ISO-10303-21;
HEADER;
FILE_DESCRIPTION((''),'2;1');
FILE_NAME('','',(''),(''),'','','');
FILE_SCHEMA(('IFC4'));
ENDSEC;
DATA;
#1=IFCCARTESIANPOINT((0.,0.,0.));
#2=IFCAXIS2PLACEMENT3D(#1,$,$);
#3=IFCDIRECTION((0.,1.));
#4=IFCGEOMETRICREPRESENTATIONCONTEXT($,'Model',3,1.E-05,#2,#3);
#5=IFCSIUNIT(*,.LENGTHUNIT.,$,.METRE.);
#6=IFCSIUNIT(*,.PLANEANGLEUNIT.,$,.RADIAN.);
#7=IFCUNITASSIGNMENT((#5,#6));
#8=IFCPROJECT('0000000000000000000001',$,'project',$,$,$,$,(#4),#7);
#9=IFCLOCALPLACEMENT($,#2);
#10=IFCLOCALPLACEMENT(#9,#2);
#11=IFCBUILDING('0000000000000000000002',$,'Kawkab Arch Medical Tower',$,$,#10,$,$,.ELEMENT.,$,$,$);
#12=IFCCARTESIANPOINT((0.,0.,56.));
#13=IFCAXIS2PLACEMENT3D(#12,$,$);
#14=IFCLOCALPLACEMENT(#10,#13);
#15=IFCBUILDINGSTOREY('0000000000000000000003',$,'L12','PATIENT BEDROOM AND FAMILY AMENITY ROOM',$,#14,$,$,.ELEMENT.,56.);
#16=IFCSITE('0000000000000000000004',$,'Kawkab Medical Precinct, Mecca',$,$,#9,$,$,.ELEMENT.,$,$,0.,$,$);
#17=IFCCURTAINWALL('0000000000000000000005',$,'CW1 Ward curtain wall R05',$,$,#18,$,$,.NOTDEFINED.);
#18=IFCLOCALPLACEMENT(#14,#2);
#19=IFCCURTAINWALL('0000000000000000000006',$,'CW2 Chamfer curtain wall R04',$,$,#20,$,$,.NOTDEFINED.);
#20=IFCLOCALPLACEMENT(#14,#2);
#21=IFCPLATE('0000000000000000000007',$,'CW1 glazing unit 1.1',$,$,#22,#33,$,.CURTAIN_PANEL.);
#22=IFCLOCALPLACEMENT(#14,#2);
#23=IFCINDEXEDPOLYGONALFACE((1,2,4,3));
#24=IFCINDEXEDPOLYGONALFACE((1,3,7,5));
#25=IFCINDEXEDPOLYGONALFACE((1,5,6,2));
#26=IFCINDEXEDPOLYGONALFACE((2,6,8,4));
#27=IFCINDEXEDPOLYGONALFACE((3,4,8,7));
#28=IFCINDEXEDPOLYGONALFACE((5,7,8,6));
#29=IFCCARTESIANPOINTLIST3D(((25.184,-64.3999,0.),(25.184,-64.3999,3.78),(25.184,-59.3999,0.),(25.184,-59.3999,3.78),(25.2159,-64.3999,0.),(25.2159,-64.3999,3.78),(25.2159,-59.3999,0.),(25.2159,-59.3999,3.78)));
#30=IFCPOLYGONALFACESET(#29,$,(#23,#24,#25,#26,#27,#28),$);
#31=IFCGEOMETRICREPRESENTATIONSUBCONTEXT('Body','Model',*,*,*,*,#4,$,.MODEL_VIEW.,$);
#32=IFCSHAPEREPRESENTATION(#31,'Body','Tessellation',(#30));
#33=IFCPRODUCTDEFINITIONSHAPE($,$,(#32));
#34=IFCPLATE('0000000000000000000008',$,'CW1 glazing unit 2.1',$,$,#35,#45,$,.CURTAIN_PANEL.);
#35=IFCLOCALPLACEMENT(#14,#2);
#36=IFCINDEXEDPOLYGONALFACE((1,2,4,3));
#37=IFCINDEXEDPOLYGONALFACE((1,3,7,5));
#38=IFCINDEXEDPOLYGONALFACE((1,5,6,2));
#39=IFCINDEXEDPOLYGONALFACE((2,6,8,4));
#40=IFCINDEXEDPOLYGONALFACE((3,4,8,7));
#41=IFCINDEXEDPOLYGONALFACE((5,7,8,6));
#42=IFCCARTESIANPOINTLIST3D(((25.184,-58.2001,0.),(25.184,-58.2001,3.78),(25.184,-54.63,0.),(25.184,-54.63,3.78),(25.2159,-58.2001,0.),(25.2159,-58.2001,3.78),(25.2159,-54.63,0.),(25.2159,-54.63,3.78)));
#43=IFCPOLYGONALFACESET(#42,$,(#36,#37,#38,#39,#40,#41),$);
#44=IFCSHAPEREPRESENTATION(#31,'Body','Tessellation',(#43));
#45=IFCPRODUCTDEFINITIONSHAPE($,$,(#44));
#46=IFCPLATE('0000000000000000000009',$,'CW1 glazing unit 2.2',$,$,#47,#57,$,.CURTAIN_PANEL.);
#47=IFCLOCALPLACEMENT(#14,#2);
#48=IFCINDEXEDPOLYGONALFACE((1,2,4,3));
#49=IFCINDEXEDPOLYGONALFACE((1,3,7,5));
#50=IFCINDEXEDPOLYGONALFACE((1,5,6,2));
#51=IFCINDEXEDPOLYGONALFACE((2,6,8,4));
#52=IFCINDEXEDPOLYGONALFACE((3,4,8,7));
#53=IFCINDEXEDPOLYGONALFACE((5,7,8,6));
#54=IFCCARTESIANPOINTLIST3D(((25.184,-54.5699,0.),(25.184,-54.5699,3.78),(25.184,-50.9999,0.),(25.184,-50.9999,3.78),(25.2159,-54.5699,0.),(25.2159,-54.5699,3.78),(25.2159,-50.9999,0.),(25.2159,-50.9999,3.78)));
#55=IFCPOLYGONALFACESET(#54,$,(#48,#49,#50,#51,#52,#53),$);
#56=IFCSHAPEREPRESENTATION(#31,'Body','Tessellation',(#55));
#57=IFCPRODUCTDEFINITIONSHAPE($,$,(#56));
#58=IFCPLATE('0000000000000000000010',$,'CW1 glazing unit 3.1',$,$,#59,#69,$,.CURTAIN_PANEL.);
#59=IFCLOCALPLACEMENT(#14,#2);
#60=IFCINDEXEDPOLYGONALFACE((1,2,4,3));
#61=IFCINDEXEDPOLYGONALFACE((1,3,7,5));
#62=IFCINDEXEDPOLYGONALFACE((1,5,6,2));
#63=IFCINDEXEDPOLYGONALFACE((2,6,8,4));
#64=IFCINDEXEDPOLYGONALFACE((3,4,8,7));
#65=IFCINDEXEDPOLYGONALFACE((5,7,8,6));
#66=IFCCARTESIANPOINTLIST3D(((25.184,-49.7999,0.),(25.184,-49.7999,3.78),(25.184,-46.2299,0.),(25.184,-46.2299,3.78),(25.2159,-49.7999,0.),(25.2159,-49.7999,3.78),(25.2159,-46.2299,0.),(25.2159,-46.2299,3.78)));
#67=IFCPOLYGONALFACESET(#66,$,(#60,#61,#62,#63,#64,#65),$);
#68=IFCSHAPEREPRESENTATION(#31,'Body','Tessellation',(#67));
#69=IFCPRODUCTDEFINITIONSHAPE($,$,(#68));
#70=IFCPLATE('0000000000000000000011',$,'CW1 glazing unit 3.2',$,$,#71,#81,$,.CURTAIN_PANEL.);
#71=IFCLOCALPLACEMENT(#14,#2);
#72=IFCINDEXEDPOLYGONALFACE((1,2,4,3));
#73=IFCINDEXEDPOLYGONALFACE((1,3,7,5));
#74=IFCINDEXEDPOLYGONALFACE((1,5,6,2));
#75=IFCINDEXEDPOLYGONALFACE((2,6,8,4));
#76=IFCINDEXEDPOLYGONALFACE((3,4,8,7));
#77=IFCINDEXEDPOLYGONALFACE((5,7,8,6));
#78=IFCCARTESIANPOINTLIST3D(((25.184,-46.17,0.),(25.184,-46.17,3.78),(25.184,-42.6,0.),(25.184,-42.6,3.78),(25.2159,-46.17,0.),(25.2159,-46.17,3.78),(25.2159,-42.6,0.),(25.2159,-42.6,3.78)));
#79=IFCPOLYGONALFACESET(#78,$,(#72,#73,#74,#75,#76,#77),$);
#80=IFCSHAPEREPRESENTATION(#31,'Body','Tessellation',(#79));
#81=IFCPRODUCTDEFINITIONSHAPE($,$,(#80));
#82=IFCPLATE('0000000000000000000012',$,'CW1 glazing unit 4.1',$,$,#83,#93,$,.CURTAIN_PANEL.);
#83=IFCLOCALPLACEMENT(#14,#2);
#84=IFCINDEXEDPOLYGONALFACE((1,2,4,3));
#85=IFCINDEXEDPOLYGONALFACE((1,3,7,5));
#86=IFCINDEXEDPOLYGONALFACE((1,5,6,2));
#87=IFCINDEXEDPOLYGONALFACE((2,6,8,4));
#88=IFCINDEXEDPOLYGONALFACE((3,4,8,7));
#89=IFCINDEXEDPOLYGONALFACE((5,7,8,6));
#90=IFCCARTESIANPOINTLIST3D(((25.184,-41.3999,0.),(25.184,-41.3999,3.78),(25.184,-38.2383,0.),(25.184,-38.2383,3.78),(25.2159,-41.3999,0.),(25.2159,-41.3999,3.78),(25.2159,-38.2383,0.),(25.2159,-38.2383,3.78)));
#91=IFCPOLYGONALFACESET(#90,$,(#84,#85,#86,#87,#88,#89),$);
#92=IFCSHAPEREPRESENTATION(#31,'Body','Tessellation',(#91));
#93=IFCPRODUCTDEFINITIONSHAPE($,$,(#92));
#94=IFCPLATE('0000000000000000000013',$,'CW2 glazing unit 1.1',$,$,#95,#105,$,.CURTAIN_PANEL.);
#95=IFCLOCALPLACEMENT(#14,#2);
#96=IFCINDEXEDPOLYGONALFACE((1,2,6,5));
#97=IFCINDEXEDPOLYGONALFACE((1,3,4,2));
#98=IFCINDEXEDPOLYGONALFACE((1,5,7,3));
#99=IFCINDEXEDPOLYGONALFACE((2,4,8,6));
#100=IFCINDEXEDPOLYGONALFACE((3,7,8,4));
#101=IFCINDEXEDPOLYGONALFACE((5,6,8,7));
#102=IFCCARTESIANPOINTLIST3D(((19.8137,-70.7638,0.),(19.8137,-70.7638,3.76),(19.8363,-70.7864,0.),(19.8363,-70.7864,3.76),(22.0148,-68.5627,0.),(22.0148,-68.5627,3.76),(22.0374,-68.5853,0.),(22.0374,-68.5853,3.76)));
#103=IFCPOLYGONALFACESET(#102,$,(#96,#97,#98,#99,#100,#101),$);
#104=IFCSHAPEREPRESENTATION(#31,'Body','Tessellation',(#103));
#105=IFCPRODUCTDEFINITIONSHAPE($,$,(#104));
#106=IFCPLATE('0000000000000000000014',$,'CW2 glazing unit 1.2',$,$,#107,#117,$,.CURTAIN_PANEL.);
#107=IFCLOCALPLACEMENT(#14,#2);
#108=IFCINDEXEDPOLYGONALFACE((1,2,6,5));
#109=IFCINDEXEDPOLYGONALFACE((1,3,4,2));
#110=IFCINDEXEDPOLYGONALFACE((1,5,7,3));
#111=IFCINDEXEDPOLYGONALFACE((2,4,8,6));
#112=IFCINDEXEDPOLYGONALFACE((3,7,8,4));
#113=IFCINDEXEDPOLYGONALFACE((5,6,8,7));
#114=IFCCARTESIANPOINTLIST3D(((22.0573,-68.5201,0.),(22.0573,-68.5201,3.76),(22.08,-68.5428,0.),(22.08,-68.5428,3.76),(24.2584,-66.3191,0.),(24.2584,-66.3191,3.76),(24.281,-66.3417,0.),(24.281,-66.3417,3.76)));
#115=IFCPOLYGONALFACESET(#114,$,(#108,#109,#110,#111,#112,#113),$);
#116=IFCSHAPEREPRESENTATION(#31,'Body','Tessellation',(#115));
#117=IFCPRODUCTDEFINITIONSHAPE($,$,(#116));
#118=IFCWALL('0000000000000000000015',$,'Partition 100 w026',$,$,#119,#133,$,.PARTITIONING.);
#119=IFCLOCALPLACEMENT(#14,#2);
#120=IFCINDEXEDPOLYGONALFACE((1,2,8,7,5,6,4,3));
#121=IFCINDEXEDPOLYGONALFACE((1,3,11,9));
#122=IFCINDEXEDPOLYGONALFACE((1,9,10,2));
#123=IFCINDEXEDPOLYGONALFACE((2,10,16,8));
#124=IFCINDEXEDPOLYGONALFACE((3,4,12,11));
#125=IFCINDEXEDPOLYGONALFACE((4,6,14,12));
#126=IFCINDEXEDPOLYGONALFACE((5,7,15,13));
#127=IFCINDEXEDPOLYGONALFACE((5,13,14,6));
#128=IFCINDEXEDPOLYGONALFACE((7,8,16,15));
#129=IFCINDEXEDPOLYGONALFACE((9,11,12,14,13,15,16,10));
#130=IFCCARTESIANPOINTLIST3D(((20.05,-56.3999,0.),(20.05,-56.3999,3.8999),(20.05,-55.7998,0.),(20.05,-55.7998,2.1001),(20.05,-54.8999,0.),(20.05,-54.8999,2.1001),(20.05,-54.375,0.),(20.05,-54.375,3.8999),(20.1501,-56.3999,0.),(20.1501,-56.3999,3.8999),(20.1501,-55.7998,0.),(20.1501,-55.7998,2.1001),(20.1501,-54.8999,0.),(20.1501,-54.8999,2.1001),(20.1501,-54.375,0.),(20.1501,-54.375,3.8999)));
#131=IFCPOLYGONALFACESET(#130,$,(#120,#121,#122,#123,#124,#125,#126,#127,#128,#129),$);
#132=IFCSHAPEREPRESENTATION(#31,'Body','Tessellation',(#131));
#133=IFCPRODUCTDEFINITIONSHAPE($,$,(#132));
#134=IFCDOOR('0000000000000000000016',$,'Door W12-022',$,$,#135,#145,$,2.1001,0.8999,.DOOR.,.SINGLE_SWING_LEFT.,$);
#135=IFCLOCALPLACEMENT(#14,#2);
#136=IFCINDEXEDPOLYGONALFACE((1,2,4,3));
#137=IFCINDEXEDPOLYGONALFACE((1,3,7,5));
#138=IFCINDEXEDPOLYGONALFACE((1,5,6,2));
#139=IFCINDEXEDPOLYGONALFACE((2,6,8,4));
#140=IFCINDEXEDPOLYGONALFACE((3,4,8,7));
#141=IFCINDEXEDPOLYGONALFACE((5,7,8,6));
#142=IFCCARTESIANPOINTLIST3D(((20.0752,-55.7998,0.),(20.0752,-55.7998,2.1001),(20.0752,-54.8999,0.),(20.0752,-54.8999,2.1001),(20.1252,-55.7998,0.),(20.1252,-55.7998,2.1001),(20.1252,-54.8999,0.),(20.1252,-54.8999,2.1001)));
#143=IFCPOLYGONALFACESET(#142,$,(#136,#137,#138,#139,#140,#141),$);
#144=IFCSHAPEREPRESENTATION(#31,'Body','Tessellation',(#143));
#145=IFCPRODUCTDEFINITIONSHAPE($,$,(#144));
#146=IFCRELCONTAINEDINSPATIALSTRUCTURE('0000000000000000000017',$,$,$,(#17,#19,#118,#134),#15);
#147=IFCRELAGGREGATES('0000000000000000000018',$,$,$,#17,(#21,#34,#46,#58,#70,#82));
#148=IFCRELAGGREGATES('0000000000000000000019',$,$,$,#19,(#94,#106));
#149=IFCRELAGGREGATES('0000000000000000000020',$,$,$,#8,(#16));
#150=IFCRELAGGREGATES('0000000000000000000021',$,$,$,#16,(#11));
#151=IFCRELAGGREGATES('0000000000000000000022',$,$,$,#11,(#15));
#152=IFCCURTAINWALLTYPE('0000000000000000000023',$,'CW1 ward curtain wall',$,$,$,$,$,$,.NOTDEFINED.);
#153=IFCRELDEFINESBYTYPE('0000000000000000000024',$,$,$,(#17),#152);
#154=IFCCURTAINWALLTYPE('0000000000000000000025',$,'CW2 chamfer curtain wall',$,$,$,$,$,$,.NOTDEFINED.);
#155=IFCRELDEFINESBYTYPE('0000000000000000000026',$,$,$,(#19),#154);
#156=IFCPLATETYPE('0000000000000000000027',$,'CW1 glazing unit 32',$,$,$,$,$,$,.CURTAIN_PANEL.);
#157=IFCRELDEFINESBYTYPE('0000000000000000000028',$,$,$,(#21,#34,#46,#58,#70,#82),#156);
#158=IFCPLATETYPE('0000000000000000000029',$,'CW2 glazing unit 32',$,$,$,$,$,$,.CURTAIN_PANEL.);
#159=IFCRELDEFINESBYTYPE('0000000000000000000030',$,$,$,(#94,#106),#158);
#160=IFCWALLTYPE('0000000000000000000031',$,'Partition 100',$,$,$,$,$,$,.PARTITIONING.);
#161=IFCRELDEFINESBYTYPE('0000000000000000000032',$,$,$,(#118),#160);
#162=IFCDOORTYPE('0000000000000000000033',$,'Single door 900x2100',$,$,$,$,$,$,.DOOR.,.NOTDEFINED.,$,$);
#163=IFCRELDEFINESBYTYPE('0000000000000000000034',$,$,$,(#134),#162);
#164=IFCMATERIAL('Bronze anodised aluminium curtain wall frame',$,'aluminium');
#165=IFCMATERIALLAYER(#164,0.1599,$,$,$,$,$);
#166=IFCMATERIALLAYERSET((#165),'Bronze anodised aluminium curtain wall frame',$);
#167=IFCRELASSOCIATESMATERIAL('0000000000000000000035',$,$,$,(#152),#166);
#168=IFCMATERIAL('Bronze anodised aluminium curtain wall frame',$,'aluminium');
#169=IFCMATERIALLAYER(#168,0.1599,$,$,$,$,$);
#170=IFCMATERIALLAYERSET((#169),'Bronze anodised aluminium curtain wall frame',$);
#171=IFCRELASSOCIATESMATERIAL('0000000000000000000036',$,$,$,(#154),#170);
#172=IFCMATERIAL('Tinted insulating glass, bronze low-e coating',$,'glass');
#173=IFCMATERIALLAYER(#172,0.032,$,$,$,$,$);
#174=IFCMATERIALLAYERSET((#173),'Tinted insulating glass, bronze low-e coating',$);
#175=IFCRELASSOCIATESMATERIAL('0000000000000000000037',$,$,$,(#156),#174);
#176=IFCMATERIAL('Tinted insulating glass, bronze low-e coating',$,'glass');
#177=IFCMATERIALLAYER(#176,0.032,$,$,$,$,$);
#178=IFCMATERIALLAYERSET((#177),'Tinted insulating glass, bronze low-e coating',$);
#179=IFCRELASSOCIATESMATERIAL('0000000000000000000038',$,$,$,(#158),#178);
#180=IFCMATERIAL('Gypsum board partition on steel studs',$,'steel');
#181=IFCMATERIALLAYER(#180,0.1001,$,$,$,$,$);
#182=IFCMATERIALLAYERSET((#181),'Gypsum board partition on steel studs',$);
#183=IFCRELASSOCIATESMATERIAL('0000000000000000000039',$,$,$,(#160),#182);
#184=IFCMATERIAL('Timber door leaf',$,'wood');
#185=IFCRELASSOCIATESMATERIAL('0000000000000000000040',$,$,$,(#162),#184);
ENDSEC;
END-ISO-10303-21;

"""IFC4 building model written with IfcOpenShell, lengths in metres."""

from ifc_helpers import new_model, si_unit, direction, frame, frame_2d, origin, origin_2d, place, context, subcontext, project, spatial, rectangle, extrude, material, layer, layer_set, type_object, element, fill, aggregate, save


model = new_model("IFC4")

# Units and contexts
model_context = context("Model", 3, precision=1e-05, world=origin(), true_north=direction((0.0, 1.0)))
body_context = subcontext(model_context, "Body", "Model", "MODEL_VIEW")
ifc_project = project(units=[si_unit("LENGTHUNIT", "METRE"), si_unit("PLANEANGLEUNIT", "RADIAN")], contexts=[model_context])

# Site, building, storey
site_placement = place(None, origin())
site = spatial("IfcSite", under=ifc_project, at=site_placement, Name="Kawkab Medical Precinct, Mecca", CompositionType="ELEMENT", RefElevation=0.0)
building_placement = place(site_placement, origin())
building = spatial("IfcBuilding", under=site, at=building_placement, Name="Kawkab Arch Medical Tower", CompositionType="ELEMENT")
storey_placement = place(building_placement, frame((0.0, 0.0, 56.0)))
storey = spatial("IfcBuildingStorey", under=building, at=storey_placement, Name="L12", Description="PATIENT BEDROOM AND FAMILY AMENITY ROOM", CompositionType="ELEMENT", Elevation=56.0)

# Curtain wall
ifc_material_1 = material(Name="Bronze anodised aluminium curtain wall frame", Category="aluminium")
ifc_layer_1 = layer(ifc_material_1, 0.1599)
ifc_layer_set_1 = layer_set([ifc_layer_1], Name="Bronze anodised aluminium curtain wall frame")
curtain_wall_type_1 = type_object("IfcCurtainWallType", Name="CW1 ward curtain wall", PredefinedType="NOTDEFINED", material=ifc_layer_set_1)
placement = place(storey_placement, origin())
curtain_wall_1 = element("IfcCurtainWall", 1, at=placement, inside=storey, type_object=curtain_wall_type_1, Name="CW1 Ward curtain wall R05", PredefinedType="NOTDEFINED")

# Curtain wall
ifc_material_2 = material(Name="Bronze anodised aluminium curtain wall frame", Category="aluminium")
ifc_layer_2 = layer(ifc_material_2, 0.1599)
ifc_layer_set_2 = layer_set([ifc_layer_2], Name="Bronze anodised aluminium curtain wall frame")
curtain_wall_type_2 = type_object("IfcCurtainWallType", Name="CW2 chamfer curtain wall", PredefinedType="NOTDEFINED", material=ifc_layer_set_2)
curtain_wall_2 = element("IfcCurtainWall", 2, at=placement, inside=storey, type_object=curtain_wall_type_2, Name="CW2 Chamfer curtain wall R04", PredefinedType="NOTDEFINED")

# Plates
ifc_material_3 = material(Name="Tinted insulating glass, bronze low-e coating", Category="glass")
ifc_layer_3 = layer(ifc_material_3, 0.032)
ifc_layer_set_3 = layer_set([ifc_layer_3], Name="Tinted insulating glass, bronze low-e coating")
plate_type_1 = type_object("IfcPlateType", Name="CW1 glazing unit 32", PredefinedType="CURTAIN_PANEL", material=ifc_layer_set_3)
plate_1_placement = place(storey_placement, frame((25.2, -61.8999, 0.0), z_axis=(0.0, 0.0, 1.0), x_axis=(0.0, 1.0, 0.0)))
plate_1 = element("IfcPlate", 3, at=plate_1_placement, type_object=plate_type_1, Name="CW1 glazing unit 1.1", PredefinedType="CURTAIN_PANEL", context=body_context, shape_type="SweptSolid", body=[
    extrude(rectangle(XDim=5.0, YDim=0.032, at=origin_2d()), origin(), (0.0, 0.0, 1.0), 3.78),
])
plate_2_placement = place(storey_placement, frame((25.2, -56.415, 0.0), z_axis=(0.0, 0.0, 1.0), x_axis=(0.0, 1.0, 0.0)))
plate_2 = element("IfcPlate", 4, at=plate_2_placement, type_object=plate_type_1, Name="CW1 glazing unit 2.1", PredefinedType="CURTAIN_PANEL", context=body_context, shape_type="SweptSolid", body=[
    extrude(rectangle(XDim=3.5701, YDim=0.032, at=origin_2d()), origin(), (0.0, 0.0, 1.0), 3.78),
])
plate_3_placement = place(storey_placement, frame((25.2, -52.7849, 0.0), z_axis=(0.0, 0.0, 1.0), x_axis=(0.0, 1.0, 0.0)))
plate_3 = element("IfcPlate", 5, at=plate_3_placement, type_object=plate_type_1, Name="CW1 glazing unit 2.2", PredefinedType="CURTAIN_PANEL", context=body_context, shape_type="SweptSolid", body=[
    extrude(rectangle(XDim=3.5701, YDim=0.032, at=origin_2d()), origin(), (0.0, 0.0, 1.0), 3.78),
])
plate_4_placement = place(storey_placement, frame((25.2, -48.0149, 0.0), z_axis=(0.0, 0.0, 1.0), x_axis=(0.0, 1.0, 0.0)))
plate_4 = element("IfcPlate", 6, at=plate_4_placement, type_object=plate_type_1, Name="CW1 glazing unit 3.1", PredefinedType="CURTAIN_PANEL", context=body_context, shape_type="SweptSolid", body=[
    extrude(rectangle(XDim=3.5701, YDim=0.032, at=origin_2d()), origin(), (0.0, 0.0, 1.0), 3.78),
])
plate_5_placement = place(storey_placement, frame((25.2, -44.385, 0.0), z_axis=(0.0, 0.0, 1.0), x_axis=(0.0, 1.0, 0.0)))
plate_5 = element("IfcPlate", 7, at=plate_5_placement, type_object=plate_type_1, Name="CW1 glazing unit 3.2", PredefinedType="CURTAIN_PANEL", context=body_context, shape_type="SweptSolid", body=[
    extrude(rectangle(XDim=3.5701, YDim=0.032, at=origin_2d()), origin(), (0.0, 0.0, 1.0), 3.78),
])
plate_6_placement = place(storey_placement, frame((25.2, -39.8191, 0.0), z_axis=(0.0, 0.0, 1.0), x_axis=(0.0, 1.0, 0.0)))
plate_6 = element("IfcPlate", 8, at=plate_6_placement, type_object=plate_type_1, Name="CW1 glazing unit 4.1", PredefinedType="CURTAIN_PANEL", context=body_context, shape_type="SweptSolid", body=[
    extrude(rectangle(XDim=3.1616, YDim=0.032, at=origin_2d()), origin(), (0.0, 0.0, 1.0), 3.78),
])
aggregate(curtain_wall_1, [plate_1, plate_2, plate_3, plate_4, plate_5, plate_6])
ifc_material_4 = material(Name="Tinted insulating glass, bronze low-e coating", Category="glass")
ifc_layer_4 = layer(ifc_material_4, 0.032)
ifc_layer_set_4 = layer_set([ifc_layer_4], Name="Tinted insulating glass, bronze low-e coating")
plate_type_2 = type_object("IfcPlateType", Name="CW2 glazing unit 32", PredefinedType="CURTAIN_PANEL", material=ifc_layer_set_4)
plate_7_placement = place(storey_placement, frame((20.9255, -69.6746, 0.0), z_axis=(0.0, 0.0, 1.0), x_axis=(0.707107, 0.707107, 0.0)))
plate_7 = element("IfcPlate", 9, at=plate_7_placement, type_object=plate_type_2, Name="CW2 glazing unit 1.1", PredefinedType="CURTAIN_PANEL", context=body_context, shape_type="SweptSolid", body=[
    extrude(rectangle(XDim=3.1128, YDim=0.032, at=origin_2d()), origin(), (0.0, 0.0, 1.0), 3.76),
])
plate_8_placement = place(storey_placement, frame((23.1692, -67.4309, 0.0), z_axis=(0.0, 0.0, 1.0), x_axis=(0.707107, 0.707107, 0.0)))
plate_8 = element("IfcPlate", 10, at=plate_8_placement, type_object=plate_type_2, Name="CW2 glazing unit 1.2", PredefinedType="CURTAIN_PANEL", context=body_context, shape_type="SweptSolid", body=[
    extrude(rectangle(XDim=3.1128, YDim=0.032, at=origin_2d()), origin(), (0.0, 0.0, 1.0), 3.76),
])
aggregate(curtain_wall_2, [plate_7, plate_8])

# Wall, opening, door
ifc_material_5 = material(Name="Gypsum board partition on steel studs", Category="steel")
ifc_layer_5 = layer(ifc_material_5, 0.1001)
ifc_layer_set_5 = layer_set([ifc_layer_5], Name="Gypsum board partition on steel studs")
wall_type = type_object("IfcWallType", Name="Partition 100", PredefinedType="PARTITIONING", material=ifc_layer_set_5)
wall_placement = place(storey_placement, frame((20.1001, -56.3999, 0.0), z_axis=(0.0, 0.0, 1.0), x_axis=(0.0, 1.0, 0.0)))
wall = element("IfcWall", 11, at=wall_placement, inside=storey, type_object=wall_type, Name="Partition 100 w026", PredefinedType="PARTITIONING", context=body_context, shape_type="SweptSolid", body=[
    extrude(rectangle(XDim=2.0249, YDim=0.1001, at=frame_2d((1.0125, 0.0))), origin(), (0.0, 0.0, 1.0), 3.8999),
])
opening_placement = place(wall_placement, frame((0.6001, 0.0, 0.0)))
opening = element("IfcOpeningElement", 12, at=opening_placement, cuts=wall, PredefinedType="OPENING", context=body_context, shape_type="SweptSolid", body=[
    extrude(rectangle(XDim=0.8999, YDim=2.1001, at=frame_2d((0.45, 1.05))), frame((0.0, 0.0601, 0.0), z_axis=(0.0, -1.0, 0.0), x_axis=(1.0, 0.0, 0.0)), (0.0, 0.0, 1.0), 0.1201),
])
ifc_material_6 = material(Name="Timber door leaf", Category="wood")
door_type = type_object("IfcDoorType", Name="Single door 900x2100", OperationType="NOTDEFINED", PredefinedType="DOOR", material=ifc_material_6)
door_placement = place(opening_placement, origin())
door = element("IfcDoor", 13, at=door_placement, inside=storey, type_object=door_type, Name="Door W12-022", OperationType="SINGLE_SWING_LEFT", OverallHeight=2.1001, OverallWidth=0.8999, PredefinedType="DOOR", context=body_context, shape_type="SweptSolid", body=[
    extrude(rectangle(XDim=0.8999, YDim=2.1001, at=frame_2d((0.45, 1.05))), frame((0.0, 0.0249, 0.0), z_axis=(0.0, -1.0, 0.0), x_axis=(1.0, 0.0, 0.0)), (0.0, 0.0, 1.0), 0.05),
])
fill(opening, door)

save(model, "model.ifc")
